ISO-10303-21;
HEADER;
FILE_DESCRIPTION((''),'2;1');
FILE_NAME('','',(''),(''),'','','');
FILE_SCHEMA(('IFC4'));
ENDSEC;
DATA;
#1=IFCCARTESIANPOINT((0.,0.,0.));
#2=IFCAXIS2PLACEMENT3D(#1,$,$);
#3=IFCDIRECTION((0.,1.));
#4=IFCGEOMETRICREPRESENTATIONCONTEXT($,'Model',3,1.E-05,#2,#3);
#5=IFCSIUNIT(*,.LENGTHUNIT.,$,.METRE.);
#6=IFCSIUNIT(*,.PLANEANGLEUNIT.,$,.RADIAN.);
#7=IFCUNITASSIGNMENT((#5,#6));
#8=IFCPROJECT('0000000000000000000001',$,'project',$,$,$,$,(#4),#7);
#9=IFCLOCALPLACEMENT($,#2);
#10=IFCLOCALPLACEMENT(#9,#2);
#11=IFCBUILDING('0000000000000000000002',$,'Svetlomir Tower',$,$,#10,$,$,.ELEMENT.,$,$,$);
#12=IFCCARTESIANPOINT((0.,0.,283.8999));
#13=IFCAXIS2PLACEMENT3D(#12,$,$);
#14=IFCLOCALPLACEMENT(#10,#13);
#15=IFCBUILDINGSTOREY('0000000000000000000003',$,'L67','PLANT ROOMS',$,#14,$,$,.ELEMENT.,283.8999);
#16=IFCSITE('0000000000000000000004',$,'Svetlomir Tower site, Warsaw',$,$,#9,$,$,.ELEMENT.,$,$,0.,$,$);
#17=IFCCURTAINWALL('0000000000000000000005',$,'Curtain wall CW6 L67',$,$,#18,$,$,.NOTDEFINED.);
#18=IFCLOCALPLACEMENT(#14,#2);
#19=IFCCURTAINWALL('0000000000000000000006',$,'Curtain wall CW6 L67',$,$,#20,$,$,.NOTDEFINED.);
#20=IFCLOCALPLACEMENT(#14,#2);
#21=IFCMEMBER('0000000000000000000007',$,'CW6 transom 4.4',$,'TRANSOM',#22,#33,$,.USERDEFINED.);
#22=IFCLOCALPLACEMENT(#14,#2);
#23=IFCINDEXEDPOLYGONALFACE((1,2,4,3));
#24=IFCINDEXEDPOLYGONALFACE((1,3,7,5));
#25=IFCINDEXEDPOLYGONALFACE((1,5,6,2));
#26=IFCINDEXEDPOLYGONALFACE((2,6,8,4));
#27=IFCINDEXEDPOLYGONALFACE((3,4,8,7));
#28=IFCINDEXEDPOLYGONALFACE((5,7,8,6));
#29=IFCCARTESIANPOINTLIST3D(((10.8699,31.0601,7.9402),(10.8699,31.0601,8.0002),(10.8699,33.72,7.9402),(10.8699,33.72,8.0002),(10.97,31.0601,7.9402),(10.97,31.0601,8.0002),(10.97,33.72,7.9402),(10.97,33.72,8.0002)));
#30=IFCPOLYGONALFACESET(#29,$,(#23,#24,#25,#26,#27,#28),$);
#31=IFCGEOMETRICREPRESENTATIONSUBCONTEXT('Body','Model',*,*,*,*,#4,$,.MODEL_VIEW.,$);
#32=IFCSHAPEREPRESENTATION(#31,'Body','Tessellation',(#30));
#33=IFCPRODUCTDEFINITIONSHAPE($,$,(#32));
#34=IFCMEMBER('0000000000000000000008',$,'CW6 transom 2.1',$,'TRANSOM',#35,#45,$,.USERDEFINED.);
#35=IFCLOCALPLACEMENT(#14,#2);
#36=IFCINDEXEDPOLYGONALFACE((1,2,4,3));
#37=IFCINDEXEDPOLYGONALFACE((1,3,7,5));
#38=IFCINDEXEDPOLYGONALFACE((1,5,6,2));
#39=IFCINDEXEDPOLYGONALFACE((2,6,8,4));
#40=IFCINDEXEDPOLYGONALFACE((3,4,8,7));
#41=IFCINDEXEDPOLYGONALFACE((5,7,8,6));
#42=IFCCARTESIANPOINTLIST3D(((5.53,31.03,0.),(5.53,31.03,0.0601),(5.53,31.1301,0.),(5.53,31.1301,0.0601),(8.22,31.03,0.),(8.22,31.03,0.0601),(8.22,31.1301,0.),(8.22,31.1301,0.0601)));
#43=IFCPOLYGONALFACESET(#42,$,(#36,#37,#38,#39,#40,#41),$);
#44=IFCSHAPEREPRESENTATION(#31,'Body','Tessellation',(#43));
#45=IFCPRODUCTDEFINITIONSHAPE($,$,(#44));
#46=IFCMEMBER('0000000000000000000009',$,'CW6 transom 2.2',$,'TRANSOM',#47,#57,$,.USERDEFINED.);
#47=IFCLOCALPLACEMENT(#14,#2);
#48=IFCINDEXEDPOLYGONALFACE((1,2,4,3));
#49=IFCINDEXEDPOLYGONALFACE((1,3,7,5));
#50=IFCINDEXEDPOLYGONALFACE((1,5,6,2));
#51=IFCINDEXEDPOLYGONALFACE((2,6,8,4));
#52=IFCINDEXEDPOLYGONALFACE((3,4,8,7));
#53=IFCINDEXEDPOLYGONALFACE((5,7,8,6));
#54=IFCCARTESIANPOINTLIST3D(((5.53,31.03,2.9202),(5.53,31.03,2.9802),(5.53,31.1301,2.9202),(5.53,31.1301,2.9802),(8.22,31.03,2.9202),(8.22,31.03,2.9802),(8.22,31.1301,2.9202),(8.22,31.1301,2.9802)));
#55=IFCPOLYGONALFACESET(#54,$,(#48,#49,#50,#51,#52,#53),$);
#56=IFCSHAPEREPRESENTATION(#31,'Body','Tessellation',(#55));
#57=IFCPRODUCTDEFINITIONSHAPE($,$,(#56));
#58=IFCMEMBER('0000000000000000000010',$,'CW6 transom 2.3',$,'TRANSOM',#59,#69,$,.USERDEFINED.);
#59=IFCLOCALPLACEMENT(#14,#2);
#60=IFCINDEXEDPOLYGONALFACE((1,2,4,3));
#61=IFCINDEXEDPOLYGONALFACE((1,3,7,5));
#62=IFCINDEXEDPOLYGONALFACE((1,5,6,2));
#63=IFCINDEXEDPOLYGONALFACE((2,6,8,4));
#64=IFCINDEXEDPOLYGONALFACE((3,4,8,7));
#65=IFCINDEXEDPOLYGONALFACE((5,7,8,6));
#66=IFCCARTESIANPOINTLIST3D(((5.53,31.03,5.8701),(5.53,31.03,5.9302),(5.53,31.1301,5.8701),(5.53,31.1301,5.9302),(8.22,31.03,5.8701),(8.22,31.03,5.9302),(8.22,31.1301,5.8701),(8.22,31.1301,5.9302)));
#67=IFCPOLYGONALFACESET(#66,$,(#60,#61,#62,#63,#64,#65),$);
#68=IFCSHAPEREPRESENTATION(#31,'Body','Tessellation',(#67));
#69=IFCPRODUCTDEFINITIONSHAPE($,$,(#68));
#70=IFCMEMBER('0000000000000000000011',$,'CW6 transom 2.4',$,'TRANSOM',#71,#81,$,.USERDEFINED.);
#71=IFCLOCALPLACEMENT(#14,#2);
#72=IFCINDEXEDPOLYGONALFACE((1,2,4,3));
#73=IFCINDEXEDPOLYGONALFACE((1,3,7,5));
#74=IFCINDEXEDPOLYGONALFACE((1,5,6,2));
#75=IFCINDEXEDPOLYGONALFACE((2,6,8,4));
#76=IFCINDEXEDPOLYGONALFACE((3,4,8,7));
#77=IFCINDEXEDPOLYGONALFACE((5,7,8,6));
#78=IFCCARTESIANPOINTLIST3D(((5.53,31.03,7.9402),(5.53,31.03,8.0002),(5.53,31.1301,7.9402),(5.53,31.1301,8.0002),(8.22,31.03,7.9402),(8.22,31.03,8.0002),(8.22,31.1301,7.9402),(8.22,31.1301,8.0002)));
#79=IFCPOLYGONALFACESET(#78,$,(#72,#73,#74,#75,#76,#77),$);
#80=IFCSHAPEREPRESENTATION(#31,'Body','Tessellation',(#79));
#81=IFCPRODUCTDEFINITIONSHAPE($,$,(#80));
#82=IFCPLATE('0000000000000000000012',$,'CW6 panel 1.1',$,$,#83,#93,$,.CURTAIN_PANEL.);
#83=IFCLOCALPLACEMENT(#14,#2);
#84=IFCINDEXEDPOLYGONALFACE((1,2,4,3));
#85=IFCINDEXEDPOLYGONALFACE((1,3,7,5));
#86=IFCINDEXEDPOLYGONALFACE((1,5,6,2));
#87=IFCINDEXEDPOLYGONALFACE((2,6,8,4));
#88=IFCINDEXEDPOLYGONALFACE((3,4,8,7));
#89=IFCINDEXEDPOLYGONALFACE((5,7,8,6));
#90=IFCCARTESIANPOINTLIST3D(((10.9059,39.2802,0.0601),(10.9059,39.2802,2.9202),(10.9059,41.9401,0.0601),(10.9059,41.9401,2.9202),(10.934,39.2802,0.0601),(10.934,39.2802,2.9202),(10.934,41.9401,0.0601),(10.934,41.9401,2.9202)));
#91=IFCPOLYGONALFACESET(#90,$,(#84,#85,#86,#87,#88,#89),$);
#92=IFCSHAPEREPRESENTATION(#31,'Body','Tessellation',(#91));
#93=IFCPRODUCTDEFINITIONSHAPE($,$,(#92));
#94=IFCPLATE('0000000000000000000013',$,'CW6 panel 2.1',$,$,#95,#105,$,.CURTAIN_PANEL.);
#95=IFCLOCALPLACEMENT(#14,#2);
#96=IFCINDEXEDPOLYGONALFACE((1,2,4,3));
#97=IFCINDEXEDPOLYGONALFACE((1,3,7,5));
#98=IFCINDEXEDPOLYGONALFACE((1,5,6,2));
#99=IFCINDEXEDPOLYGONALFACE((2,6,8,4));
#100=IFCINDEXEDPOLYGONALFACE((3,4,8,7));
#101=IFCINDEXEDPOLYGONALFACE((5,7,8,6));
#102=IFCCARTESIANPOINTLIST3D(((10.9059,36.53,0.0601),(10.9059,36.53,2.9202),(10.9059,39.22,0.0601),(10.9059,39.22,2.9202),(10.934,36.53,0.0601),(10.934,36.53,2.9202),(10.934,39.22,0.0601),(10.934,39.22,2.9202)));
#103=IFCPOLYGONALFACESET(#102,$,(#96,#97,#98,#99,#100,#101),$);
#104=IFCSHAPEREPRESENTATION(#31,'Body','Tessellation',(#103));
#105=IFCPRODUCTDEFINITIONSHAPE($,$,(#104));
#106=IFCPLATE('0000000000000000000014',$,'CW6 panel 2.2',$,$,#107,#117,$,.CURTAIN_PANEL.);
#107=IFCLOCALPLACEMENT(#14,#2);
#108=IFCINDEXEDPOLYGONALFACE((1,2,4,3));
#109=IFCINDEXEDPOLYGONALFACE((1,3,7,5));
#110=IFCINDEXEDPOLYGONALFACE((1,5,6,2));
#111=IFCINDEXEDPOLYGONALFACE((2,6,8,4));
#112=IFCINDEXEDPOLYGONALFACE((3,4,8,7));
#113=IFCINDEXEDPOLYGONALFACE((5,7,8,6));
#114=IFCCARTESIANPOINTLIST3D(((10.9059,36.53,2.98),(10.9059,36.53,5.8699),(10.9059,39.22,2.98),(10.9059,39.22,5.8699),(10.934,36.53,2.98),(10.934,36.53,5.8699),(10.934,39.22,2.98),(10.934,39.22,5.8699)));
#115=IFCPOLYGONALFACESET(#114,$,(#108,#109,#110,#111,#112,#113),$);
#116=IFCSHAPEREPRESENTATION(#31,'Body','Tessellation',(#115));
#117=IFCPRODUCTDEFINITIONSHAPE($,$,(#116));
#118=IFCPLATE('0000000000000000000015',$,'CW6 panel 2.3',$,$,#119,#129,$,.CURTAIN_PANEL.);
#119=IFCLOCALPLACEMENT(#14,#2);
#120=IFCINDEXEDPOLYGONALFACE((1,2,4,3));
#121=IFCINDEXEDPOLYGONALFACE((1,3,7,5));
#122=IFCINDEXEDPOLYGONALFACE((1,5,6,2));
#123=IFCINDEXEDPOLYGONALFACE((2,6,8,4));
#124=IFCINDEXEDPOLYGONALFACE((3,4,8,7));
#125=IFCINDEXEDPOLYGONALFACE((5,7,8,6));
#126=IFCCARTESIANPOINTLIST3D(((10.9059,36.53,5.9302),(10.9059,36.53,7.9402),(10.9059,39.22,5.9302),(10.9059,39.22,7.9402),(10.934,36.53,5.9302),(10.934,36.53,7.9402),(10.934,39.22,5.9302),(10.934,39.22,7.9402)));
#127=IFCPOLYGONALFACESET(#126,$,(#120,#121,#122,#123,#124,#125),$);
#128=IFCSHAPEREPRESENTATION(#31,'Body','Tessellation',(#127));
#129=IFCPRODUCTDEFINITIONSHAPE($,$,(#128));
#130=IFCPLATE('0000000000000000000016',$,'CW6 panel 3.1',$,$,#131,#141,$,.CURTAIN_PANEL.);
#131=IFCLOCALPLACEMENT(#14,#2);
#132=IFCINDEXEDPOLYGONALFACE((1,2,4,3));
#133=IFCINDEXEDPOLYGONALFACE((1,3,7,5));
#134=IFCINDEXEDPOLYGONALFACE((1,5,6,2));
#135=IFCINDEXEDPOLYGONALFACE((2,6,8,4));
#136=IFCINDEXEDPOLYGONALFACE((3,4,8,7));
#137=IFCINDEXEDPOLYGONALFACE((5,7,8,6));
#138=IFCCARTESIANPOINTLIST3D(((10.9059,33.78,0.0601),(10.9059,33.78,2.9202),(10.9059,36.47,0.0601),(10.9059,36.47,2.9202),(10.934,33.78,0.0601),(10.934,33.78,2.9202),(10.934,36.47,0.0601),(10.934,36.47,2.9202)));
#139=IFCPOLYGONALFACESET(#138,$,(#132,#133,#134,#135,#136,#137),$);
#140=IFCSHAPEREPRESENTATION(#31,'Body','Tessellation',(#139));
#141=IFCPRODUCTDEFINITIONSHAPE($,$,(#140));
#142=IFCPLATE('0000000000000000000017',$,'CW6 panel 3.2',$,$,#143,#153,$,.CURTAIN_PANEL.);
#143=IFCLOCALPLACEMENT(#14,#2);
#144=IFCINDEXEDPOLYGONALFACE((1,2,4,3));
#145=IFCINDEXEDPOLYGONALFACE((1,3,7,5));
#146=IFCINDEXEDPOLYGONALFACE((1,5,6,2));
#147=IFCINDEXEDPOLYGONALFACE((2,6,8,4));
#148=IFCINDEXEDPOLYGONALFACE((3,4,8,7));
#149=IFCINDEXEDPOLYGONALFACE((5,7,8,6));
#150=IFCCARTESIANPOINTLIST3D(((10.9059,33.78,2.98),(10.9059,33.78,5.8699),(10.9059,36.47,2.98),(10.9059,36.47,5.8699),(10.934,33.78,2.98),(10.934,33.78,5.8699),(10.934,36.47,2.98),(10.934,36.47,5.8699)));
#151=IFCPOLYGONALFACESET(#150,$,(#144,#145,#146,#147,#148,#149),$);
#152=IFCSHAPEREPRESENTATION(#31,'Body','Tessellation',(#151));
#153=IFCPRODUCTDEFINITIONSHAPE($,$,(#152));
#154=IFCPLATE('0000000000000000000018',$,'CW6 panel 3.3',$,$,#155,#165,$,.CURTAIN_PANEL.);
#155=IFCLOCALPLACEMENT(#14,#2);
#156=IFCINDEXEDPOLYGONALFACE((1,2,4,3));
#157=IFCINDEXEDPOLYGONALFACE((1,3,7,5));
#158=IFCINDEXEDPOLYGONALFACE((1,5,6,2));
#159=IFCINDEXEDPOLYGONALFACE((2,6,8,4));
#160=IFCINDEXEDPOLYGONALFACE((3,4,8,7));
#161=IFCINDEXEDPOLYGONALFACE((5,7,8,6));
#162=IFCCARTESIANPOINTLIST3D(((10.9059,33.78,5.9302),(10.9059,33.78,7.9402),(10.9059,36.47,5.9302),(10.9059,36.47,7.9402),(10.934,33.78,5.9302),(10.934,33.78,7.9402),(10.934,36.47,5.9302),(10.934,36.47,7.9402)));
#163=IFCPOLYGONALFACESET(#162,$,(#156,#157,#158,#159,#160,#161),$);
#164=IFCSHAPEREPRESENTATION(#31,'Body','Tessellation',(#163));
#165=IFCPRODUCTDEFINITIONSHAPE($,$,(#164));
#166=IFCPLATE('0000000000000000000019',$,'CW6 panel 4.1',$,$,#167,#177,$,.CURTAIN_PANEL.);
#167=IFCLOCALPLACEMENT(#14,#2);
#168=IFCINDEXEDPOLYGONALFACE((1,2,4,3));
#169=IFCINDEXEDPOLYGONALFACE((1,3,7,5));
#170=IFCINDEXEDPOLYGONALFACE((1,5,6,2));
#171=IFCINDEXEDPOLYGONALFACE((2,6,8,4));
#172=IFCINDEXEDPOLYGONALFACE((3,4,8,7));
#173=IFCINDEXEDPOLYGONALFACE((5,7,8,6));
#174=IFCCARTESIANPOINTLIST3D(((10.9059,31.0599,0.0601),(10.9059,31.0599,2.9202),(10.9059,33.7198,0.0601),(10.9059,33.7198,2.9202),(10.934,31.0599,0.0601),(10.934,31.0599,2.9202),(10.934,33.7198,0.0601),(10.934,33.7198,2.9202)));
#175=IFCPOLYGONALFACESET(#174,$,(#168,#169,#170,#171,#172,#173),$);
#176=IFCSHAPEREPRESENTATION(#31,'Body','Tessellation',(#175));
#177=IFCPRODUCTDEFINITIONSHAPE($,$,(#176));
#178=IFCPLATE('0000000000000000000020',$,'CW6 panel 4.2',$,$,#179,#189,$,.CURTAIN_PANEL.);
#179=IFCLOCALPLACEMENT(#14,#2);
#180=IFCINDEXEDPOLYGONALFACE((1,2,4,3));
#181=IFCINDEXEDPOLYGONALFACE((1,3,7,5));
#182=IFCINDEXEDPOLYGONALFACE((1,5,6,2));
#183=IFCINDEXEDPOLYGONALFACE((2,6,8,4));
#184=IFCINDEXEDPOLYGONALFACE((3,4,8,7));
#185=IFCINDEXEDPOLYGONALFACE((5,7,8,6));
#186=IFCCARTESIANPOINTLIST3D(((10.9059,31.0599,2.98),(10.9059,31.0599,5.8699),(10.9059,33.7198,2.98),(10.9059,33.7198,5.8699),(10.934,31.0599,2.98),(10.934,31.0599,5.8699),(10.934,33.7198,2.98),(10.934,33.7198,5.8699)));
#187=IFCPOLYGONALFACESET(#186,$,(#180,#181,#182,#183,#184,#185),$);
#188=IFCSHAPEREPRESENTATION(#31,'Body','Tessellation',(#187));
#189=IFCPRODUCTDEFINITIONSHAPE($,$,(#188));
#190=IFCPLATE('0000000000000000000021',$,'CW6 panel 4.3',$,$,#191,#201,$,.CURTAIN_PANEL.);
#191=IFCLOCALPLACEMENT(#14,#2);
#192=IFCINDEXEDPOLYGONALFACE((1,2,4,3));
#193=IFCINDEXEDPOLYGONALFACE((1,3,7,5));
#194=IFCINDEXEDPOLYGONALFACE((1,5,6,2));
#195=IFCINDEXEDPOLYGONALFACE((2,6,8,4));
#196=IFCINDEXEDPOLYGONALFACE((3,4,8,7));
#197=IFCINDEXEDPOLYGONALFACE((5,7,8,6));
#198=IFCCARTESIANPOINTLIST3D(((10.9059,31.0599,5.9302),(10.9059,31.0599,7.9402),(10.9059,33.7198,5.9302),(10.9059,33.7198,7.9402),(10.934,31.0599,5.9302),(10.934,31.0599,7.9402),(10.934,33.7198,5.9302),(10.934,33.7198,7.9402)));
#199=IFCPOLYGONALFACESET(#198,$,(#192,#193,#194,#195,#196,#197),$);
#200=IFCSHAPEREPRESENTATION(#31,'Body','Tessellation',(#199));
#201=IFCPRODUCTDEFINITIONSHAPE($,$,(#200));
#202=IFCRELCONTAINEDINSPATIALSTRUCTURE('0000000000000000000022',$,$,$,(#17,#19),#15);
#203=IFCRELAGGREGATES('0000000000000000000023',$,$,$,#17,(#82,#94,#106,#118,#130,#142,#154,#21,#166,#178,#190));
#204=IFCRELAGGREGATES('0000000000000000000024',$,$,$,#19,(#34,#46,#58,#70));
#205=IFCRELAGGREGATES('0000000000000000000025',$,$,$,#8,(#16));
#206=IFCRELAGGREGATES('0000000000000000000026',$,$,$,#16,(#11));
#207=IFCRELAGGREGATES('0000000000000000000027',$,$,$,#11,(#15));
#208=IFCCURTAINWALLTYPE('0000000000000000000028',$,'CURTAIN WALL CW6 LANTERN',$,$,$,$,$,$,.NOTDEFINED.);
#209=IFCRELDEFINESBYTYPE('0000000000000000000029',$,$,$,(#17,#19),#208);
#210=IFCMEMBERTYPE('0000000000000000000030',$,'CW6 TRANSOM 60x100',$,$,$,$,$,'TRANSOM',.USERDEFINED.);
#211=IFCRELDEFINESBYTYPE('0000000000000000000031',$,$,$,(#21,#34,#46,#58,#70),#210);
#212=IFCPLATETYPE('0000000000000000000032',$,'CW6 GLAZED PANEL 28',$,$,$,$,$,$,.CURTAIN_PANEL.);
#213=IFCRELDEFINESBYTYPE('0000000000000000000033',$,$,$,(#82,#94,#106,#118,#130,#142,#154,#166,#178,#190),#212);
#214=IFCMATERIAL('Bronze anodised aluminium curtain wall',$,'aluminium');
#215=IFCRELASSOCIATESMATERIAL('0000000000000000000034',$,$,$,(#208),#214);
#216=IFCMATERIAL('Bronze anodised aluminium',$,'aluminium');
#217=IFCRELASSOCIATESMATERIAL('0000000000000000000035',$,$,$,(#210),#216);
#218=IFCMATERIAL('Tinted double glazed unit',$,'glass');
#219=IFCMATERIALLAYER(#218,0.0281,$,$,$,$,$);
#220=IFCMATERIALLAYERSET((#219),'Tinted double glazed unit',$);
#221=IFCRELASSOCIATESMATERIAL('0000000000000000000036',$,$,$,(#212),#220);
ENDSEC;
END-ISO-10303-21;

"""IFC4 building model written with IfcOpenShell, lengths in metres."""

from ifc_helpers import new_model, si_unit, direction, frame, origin, origin_2d, place, context, subcontext, project, spatial, rectangle, extrude, material, layer, layer_set, material_profile, profile_set, type_object, element, aggregate, save


model = new_model("IFC4")

# Units and contexts
model_context = context("Model", 3, precision=1e-05, world=origin(), true_north=direction((0.0, 1.0)))
body_context = subcontext(model_context, "Body", "Model", "MODEL_VIEW")
ifc_project = project(units=[si_unit("LENGTHUNIT", "METRE"), si_unit("PLANEANGLEUNIT", "RADIAN")], contexts=[model_context])

# Site, building, storey
site_placement = place(None, origin())
site = spatial("IfcSite", under=ifc_project, at=site_placement, Name="Svetlomir Tower site, Warsaw", CompositionType="ELEMENT", RefElevation=0.0)
building_placement = place(site_placement, origin())
building = spatial("IfcBuilding", under=site, at=building_placement, Name="Svetlomir Tower", CompositionType="ELEMENT")
storey_placement = place(building_placement, frame((0.0, 0.0, 283.8999)))
storey = spatial("IfcBuildingStorey", under=building, at=storey_placement, Name="L67", Description="PLANT ROOMS", CompositionType="ELEMENT", Elevation=283.8999)

# Curtain wall
ifc_material_1 = material(Name="Bronze anodised aluminium curtain wall", Category="aluminium")
curtain_wall_type = type_object("IfcCurtainWallType", Name="CURTAIN WALL CW6 LANTERN", PredefinedType="NOTDEFINED", material=ifc_material_1)
curtain_wall_1_placement = place(storey_placement, origin())
curtain_wall_1 = element("IfcCurtainWall", 1, at=curtain_wall_1_placement, inside=storey, type_object=curtain_wall_type, Name="Curtain wall CW6 L67", PredefinedType="NOTDEFINED")

# Curtain wall
curtain_wall_2_placement = place(storey_placement, origin())
curtain_wall_2 = element("IfcCurtainWall", 2, at=curtain_wall_2_placement, inside=storey, type_object=curtain_wall_type, Name="Curtain wall CW6 L67", PredefinedType="NOTDEFINED")

# Members
ifc_material_2 = material(Name="Bronze anodised aluminium", Category="aluminium")
ifc_material_profile_1 = material_profile(ifc_material_2, rectangle(XDim=0.1001, YDim=0.0601, at=origin_2d()), Name="AL 100x60")
ifc_profile_set_1 = profile_set([ifc_material_profile_1], Name="Bronze anodised aluminium 6063-T6")
member_type_1 = type_object("IfcMemberType", Name="CW6 TRANSOM 60x100", ElementType="TRANSOM", PredefinedType="USERDEFINED", material=ifc_profile_set_1)
member_1_placement = place(storey_placement, frame((10.9199, 33.72, 7.9702), z_axis=(0.0, -1.0, 0.0), x_axis=(1.0, 0.0, 0.0)))
member_1 = element("IfcMember", 3, at=member_1_placement, type_object=member_type_1, Name="CW6 transom 4.4", ObjectType="TRANSOM", PredefinedType="USERDEFINED", context=body_context, shape_type="SweptSolid", body=[
    extrude(rectangle(XDim=0.1001, YDim=0.0601, at=origin_2d()), origin(), (0.0, 0.0, 1.0), 2.6599),
])
member_2_placement = place(storey_placement, frame((8.22, 31.0801, 0.03), z_axis=(-1.0, 0.0, 0.0), x_axis=(0.0, -1.0, 0.0)))
member_2 = element("IfcMember", 4, at=member_2_placement, type_object=member_type_1, Name="CW6 transom 2.1", ObjectType="TRANSOM", PredefinedType="USERDEFINED", context=body_context, shape_type="SweptSolid", body=[
    extrude(rectangle(XDim=0.1001, YDim=0.0601, at=origin_2d()), origin(), (0.0, 0.0, 1.0), 2.6899),
])
member_3_placement = place(storey_placement, frame((8.22, 31.0801, 2.9502), z_axis=(-1.0, 0.0, 0.0), x_axis=(0.0, -1.0, 0.0)))
member_3 = element("IfcMember", 5, at=member_3_placement, type_object=member_type_1, Name="CW6 transom 2.2", ObjectType="TRANSOM", PredefinedType="USERDEFINED", context=body_context, shape_type="SweptSolid", body=[
    extrude(rectangle(XDim=0.1001, YDim=0.0601, at=origin_2d()), origin(), (0.0, 0.0, 1.0), 2.6899),
])
member_4_placement = place(storey_placement, frame((8.22, 31.0801, 5.9001), z_axis=(-1.0, 0.0, 0.0), x_axis=(0.0, -1.0, 0.0)))
member_4 = element("IfcMember", 6, at=member_4_placement, type_object=member_type_1, Name="CW6 transom 2.3", ObjectType="TRANSOM", PredefinedType="USERDEFINED", context=body_context, shape_type="SweptSolid", body=[
    extrude(rectangle(XDim=0.1001, YDim=0.0601, at=origin_2d()), origin(), (0.0, 0.0, 1.0), 2.6899),
])
member_5_placement = place(storey_placement, frame((8.22, 31.0801, 7.9702), z_axis=(-1.0, 0.0, 0.0), x_axis=(0.0, -1.0, 0.0)))
member_5 = element("IfcMember", 7, at=member_5_placement, type_object=member_type_1, Name="CW6 transom 2.4", ObjectType="TRANSOM", PredefinedType="USERDEFINED", context=body_context, shape_type="SweptSolid", body=[
    extrude(rectangle(XDim=0.1001, YDim=0.0601, at=origin_2d()), origin(), (0.0, 0.0, 1.0), 2.6899),
])

# Plates
ifc_material_3 = material(Name="Tinted double glazed unit", Category="glass")
ifc_layer = layer(ifc_material_3, 0.0281)
ifc_layer_set = layer_set([ifc_layer], Name="Tinted double glazed unit")
plate_type = type_object("IfcPlateType", Name="CW6 GLAZED PANEL 28", PredefinedType="CURTAIN_PANEL", material=ifc_layer_set)
plate_1_placement = place(storey_placement, frame((10.9199, 40.6101, 0.0601), z_axis=(0.0, 0.0, 1.0), x_axis=(0.0, -1.0, 0.0)))
plate_1 = element("IfcPlate", 8, at=plate_1_placement, type_object=plate_type, Name="CW6 panel 1.1", PredefinedType="CURTAIN_PANEL", context=body_context, shape_type="SweptSolid", body=[
    extrude(rectangle(XDim=2.6599, YDim=0.0281, at=origin_2d()), origin(), (0.0, 0.0, 1.0), 2.8601),
])
plate_2_placement = place(storey_placement, frame((10.9199, 37.875, 0.0601), z_axis=(0.0, 0.0, 1.0), x_axis=(0.0, -1.0, 0.0)))
plate_2 = element("IfcPlate", 9, at=plate_2_placement, type_object=plate_type, Name="CW6 panel 2.1", PredefinedType="CURTAIN_PANEL", context=body_context, shape_type="SweptSolid", body=[
    extrude(rectangle(XDim=2.6899, YDim=0.0281, at=origin_2d()), origin(), (0.0, 0.0, 1.0), 2.8601),
])
plate_3_placement = place(storey_placement, frame((10.9199, 37.875, 2.98), z_axis=(0.0, 0.0, 1.0), x_axis=(0.0, -1.0, 0.0)))
plate_3 = element("IfcPlate", 10, at=plate_3_placement, type_object=plate_type, Name="CW6 panel 2.2", PredefinedType="CURTAIN_PANEL", context=body_context, shape_type="SweptSolid", body=[
    extrude(rectangle(XDim=2.6899, YDim=0.0281, at=origin_2d()), origin(), (0.0, 0.0, 1.0), 2.8899),
])
plate_4_placement = place(storey_placement, frame((10.9199, 37.875, 5.9302), z_axis=(0.0, 0.0, 1.0), x_axis=(0.0, -1.0, 0.0)))
plate_4 = element("IfcPlate", 11, at=plate_4_placement, type_object=plate_type, Name="CW6 panel 2.3", PredefinedType="CURTAIN_PANEL", context=body_context, shape_type="SweptSolid", body=[
    extrude(rectangle(XDim=2.6899, YDim=0.0281, at=origin_2d()), origin(), (0.0, 0.0, 1.0), 2.01),
])
plate_5_placement = place(storey_placement, frame((10.9199, 35.125, 0.0601), z_axis=(0.0, 0.0, 1.0), x_axis=(0.0, -1.0, 0.0)))
plate_5 = element("IfcPlate", 12, at=plate_5_placement, type_object=plate_type, Name="CW6 panel 3.1", PredefinedType="CURTAIN_PANEL", context=body_context, shape_type="SweptSolid", body=[
    extrude(rectangle(XDim=2.6899, YDim=0.0281, at=origin_2d()), origin(), (0.0, 0.0, 1.0), 2.8601),
])
plate_6_placement = place(storey_placement, frame((10.9199, 35.125, 2.98), z_axis=(0.0, 0.0, 1.0), x_axis=(0.0, -1.0, 0.0)))
plate_6 = element("IfcPlate", 13, at=plate_6_placement, type_object=plate_type, Name="CW6 panel 3.2", PredefinedType="CURTAIN_PANEL", context=body_context, shape_type="SweptSolid", body=[
    extrude(rectangle(XDim=2.6899, YDim=0.0281, at=origin_2d()), origin(), (0.0, 0.0, 1.0), 2.8899),
])
plate_7_placement = place(storey_placement, frame((10.9199, 35.125, 5.9302), z_axis=(0.0, 0.0, 1.0), x_axis=(0.0, -1.0, 0.0)))
plate_7 = element("IfcPlate", 14, at=plate_7_placement, type_object=plate_type, Name="CW6 panel 3.3", PredefinedType="CURTAIN_PANEL", context=body_context, shape_type="SweptSolid", body=[
    extrude(rectangle(XDim=2.6899, YDim=0.0281, at=origin_2d()), origin(), (0.0, 0.0, 1.0), 2.01),
])
plate_8_placement = place(storey_placement, frame((10.9199, 32.3899, 0.0601), z_axis=(0.0, 0.0, 1.0), x_axis=(0.0, -1.0, 0.0)))
plate_8 = element("IfcPlate", 15, at=plate_8_placement, type_object=plate_type, Name="CW6 panel 4.1", PredefinedType="CURTAIN_PANEL", context=body_context, shape_type="SweptSolid", body=[
    extrude(rectangle(XDim=2.6599, YDim=0.0281, at=origin_2d()), origin(), (0.0, 0.0, 1.0), 2.8601),
])
plate_9_placement = place(storey_placement, frame((10.9199, 32.3899, 2.98), z_axis=(0.0, 0.0, 1.0), x_axis=(0.0, -1.0, 0.0)))
plate_9 = element("IfcPlate", 16, at=plate_9_placement, type_object=plate_type, Name="CW6 panel 4.2", PredefinedType="CURTAIN_PANEL", context=body_context, shape_type="SweptSolid", body=[
    extrude(rectangle(XDim=2.6599, YDim=0.0281, at=origin_2d()), origin(), (0.0, 0.0, 1.0), 2.8899),
])
plate_10_placement = place(storey_placement, frame((10.9199, 32.3899, 5.9302), z_axis=(0.0, 0.0, 1.0), x_axis=(0.0, -1.0, 0.0)))
plate_10 = element("IfcPlate", 17, at=plate_10_placement, type_object=plate_type, Name="CW6 panel 4.3", PredefinedType="CURTAIN_PANEL", context=body_context, shape_type="SweptSolid", body=[
    extrude(rectangle(XDim=2.6599, YDim=0.0281, at=origin_2d()), origin(), (0.0, 0.0, 1.0), 2.01),
])
aggregate(curtain_wall_1, [plate_1, plate_2, plate_3, plate_4, plate_5, plate_6, plate_7, member_1, plate_8, plate_9, plate_10])
aggregate(curtain_wall_2, [member_2, member_3, member_4, member_5])

save(model, "model.ifc")
